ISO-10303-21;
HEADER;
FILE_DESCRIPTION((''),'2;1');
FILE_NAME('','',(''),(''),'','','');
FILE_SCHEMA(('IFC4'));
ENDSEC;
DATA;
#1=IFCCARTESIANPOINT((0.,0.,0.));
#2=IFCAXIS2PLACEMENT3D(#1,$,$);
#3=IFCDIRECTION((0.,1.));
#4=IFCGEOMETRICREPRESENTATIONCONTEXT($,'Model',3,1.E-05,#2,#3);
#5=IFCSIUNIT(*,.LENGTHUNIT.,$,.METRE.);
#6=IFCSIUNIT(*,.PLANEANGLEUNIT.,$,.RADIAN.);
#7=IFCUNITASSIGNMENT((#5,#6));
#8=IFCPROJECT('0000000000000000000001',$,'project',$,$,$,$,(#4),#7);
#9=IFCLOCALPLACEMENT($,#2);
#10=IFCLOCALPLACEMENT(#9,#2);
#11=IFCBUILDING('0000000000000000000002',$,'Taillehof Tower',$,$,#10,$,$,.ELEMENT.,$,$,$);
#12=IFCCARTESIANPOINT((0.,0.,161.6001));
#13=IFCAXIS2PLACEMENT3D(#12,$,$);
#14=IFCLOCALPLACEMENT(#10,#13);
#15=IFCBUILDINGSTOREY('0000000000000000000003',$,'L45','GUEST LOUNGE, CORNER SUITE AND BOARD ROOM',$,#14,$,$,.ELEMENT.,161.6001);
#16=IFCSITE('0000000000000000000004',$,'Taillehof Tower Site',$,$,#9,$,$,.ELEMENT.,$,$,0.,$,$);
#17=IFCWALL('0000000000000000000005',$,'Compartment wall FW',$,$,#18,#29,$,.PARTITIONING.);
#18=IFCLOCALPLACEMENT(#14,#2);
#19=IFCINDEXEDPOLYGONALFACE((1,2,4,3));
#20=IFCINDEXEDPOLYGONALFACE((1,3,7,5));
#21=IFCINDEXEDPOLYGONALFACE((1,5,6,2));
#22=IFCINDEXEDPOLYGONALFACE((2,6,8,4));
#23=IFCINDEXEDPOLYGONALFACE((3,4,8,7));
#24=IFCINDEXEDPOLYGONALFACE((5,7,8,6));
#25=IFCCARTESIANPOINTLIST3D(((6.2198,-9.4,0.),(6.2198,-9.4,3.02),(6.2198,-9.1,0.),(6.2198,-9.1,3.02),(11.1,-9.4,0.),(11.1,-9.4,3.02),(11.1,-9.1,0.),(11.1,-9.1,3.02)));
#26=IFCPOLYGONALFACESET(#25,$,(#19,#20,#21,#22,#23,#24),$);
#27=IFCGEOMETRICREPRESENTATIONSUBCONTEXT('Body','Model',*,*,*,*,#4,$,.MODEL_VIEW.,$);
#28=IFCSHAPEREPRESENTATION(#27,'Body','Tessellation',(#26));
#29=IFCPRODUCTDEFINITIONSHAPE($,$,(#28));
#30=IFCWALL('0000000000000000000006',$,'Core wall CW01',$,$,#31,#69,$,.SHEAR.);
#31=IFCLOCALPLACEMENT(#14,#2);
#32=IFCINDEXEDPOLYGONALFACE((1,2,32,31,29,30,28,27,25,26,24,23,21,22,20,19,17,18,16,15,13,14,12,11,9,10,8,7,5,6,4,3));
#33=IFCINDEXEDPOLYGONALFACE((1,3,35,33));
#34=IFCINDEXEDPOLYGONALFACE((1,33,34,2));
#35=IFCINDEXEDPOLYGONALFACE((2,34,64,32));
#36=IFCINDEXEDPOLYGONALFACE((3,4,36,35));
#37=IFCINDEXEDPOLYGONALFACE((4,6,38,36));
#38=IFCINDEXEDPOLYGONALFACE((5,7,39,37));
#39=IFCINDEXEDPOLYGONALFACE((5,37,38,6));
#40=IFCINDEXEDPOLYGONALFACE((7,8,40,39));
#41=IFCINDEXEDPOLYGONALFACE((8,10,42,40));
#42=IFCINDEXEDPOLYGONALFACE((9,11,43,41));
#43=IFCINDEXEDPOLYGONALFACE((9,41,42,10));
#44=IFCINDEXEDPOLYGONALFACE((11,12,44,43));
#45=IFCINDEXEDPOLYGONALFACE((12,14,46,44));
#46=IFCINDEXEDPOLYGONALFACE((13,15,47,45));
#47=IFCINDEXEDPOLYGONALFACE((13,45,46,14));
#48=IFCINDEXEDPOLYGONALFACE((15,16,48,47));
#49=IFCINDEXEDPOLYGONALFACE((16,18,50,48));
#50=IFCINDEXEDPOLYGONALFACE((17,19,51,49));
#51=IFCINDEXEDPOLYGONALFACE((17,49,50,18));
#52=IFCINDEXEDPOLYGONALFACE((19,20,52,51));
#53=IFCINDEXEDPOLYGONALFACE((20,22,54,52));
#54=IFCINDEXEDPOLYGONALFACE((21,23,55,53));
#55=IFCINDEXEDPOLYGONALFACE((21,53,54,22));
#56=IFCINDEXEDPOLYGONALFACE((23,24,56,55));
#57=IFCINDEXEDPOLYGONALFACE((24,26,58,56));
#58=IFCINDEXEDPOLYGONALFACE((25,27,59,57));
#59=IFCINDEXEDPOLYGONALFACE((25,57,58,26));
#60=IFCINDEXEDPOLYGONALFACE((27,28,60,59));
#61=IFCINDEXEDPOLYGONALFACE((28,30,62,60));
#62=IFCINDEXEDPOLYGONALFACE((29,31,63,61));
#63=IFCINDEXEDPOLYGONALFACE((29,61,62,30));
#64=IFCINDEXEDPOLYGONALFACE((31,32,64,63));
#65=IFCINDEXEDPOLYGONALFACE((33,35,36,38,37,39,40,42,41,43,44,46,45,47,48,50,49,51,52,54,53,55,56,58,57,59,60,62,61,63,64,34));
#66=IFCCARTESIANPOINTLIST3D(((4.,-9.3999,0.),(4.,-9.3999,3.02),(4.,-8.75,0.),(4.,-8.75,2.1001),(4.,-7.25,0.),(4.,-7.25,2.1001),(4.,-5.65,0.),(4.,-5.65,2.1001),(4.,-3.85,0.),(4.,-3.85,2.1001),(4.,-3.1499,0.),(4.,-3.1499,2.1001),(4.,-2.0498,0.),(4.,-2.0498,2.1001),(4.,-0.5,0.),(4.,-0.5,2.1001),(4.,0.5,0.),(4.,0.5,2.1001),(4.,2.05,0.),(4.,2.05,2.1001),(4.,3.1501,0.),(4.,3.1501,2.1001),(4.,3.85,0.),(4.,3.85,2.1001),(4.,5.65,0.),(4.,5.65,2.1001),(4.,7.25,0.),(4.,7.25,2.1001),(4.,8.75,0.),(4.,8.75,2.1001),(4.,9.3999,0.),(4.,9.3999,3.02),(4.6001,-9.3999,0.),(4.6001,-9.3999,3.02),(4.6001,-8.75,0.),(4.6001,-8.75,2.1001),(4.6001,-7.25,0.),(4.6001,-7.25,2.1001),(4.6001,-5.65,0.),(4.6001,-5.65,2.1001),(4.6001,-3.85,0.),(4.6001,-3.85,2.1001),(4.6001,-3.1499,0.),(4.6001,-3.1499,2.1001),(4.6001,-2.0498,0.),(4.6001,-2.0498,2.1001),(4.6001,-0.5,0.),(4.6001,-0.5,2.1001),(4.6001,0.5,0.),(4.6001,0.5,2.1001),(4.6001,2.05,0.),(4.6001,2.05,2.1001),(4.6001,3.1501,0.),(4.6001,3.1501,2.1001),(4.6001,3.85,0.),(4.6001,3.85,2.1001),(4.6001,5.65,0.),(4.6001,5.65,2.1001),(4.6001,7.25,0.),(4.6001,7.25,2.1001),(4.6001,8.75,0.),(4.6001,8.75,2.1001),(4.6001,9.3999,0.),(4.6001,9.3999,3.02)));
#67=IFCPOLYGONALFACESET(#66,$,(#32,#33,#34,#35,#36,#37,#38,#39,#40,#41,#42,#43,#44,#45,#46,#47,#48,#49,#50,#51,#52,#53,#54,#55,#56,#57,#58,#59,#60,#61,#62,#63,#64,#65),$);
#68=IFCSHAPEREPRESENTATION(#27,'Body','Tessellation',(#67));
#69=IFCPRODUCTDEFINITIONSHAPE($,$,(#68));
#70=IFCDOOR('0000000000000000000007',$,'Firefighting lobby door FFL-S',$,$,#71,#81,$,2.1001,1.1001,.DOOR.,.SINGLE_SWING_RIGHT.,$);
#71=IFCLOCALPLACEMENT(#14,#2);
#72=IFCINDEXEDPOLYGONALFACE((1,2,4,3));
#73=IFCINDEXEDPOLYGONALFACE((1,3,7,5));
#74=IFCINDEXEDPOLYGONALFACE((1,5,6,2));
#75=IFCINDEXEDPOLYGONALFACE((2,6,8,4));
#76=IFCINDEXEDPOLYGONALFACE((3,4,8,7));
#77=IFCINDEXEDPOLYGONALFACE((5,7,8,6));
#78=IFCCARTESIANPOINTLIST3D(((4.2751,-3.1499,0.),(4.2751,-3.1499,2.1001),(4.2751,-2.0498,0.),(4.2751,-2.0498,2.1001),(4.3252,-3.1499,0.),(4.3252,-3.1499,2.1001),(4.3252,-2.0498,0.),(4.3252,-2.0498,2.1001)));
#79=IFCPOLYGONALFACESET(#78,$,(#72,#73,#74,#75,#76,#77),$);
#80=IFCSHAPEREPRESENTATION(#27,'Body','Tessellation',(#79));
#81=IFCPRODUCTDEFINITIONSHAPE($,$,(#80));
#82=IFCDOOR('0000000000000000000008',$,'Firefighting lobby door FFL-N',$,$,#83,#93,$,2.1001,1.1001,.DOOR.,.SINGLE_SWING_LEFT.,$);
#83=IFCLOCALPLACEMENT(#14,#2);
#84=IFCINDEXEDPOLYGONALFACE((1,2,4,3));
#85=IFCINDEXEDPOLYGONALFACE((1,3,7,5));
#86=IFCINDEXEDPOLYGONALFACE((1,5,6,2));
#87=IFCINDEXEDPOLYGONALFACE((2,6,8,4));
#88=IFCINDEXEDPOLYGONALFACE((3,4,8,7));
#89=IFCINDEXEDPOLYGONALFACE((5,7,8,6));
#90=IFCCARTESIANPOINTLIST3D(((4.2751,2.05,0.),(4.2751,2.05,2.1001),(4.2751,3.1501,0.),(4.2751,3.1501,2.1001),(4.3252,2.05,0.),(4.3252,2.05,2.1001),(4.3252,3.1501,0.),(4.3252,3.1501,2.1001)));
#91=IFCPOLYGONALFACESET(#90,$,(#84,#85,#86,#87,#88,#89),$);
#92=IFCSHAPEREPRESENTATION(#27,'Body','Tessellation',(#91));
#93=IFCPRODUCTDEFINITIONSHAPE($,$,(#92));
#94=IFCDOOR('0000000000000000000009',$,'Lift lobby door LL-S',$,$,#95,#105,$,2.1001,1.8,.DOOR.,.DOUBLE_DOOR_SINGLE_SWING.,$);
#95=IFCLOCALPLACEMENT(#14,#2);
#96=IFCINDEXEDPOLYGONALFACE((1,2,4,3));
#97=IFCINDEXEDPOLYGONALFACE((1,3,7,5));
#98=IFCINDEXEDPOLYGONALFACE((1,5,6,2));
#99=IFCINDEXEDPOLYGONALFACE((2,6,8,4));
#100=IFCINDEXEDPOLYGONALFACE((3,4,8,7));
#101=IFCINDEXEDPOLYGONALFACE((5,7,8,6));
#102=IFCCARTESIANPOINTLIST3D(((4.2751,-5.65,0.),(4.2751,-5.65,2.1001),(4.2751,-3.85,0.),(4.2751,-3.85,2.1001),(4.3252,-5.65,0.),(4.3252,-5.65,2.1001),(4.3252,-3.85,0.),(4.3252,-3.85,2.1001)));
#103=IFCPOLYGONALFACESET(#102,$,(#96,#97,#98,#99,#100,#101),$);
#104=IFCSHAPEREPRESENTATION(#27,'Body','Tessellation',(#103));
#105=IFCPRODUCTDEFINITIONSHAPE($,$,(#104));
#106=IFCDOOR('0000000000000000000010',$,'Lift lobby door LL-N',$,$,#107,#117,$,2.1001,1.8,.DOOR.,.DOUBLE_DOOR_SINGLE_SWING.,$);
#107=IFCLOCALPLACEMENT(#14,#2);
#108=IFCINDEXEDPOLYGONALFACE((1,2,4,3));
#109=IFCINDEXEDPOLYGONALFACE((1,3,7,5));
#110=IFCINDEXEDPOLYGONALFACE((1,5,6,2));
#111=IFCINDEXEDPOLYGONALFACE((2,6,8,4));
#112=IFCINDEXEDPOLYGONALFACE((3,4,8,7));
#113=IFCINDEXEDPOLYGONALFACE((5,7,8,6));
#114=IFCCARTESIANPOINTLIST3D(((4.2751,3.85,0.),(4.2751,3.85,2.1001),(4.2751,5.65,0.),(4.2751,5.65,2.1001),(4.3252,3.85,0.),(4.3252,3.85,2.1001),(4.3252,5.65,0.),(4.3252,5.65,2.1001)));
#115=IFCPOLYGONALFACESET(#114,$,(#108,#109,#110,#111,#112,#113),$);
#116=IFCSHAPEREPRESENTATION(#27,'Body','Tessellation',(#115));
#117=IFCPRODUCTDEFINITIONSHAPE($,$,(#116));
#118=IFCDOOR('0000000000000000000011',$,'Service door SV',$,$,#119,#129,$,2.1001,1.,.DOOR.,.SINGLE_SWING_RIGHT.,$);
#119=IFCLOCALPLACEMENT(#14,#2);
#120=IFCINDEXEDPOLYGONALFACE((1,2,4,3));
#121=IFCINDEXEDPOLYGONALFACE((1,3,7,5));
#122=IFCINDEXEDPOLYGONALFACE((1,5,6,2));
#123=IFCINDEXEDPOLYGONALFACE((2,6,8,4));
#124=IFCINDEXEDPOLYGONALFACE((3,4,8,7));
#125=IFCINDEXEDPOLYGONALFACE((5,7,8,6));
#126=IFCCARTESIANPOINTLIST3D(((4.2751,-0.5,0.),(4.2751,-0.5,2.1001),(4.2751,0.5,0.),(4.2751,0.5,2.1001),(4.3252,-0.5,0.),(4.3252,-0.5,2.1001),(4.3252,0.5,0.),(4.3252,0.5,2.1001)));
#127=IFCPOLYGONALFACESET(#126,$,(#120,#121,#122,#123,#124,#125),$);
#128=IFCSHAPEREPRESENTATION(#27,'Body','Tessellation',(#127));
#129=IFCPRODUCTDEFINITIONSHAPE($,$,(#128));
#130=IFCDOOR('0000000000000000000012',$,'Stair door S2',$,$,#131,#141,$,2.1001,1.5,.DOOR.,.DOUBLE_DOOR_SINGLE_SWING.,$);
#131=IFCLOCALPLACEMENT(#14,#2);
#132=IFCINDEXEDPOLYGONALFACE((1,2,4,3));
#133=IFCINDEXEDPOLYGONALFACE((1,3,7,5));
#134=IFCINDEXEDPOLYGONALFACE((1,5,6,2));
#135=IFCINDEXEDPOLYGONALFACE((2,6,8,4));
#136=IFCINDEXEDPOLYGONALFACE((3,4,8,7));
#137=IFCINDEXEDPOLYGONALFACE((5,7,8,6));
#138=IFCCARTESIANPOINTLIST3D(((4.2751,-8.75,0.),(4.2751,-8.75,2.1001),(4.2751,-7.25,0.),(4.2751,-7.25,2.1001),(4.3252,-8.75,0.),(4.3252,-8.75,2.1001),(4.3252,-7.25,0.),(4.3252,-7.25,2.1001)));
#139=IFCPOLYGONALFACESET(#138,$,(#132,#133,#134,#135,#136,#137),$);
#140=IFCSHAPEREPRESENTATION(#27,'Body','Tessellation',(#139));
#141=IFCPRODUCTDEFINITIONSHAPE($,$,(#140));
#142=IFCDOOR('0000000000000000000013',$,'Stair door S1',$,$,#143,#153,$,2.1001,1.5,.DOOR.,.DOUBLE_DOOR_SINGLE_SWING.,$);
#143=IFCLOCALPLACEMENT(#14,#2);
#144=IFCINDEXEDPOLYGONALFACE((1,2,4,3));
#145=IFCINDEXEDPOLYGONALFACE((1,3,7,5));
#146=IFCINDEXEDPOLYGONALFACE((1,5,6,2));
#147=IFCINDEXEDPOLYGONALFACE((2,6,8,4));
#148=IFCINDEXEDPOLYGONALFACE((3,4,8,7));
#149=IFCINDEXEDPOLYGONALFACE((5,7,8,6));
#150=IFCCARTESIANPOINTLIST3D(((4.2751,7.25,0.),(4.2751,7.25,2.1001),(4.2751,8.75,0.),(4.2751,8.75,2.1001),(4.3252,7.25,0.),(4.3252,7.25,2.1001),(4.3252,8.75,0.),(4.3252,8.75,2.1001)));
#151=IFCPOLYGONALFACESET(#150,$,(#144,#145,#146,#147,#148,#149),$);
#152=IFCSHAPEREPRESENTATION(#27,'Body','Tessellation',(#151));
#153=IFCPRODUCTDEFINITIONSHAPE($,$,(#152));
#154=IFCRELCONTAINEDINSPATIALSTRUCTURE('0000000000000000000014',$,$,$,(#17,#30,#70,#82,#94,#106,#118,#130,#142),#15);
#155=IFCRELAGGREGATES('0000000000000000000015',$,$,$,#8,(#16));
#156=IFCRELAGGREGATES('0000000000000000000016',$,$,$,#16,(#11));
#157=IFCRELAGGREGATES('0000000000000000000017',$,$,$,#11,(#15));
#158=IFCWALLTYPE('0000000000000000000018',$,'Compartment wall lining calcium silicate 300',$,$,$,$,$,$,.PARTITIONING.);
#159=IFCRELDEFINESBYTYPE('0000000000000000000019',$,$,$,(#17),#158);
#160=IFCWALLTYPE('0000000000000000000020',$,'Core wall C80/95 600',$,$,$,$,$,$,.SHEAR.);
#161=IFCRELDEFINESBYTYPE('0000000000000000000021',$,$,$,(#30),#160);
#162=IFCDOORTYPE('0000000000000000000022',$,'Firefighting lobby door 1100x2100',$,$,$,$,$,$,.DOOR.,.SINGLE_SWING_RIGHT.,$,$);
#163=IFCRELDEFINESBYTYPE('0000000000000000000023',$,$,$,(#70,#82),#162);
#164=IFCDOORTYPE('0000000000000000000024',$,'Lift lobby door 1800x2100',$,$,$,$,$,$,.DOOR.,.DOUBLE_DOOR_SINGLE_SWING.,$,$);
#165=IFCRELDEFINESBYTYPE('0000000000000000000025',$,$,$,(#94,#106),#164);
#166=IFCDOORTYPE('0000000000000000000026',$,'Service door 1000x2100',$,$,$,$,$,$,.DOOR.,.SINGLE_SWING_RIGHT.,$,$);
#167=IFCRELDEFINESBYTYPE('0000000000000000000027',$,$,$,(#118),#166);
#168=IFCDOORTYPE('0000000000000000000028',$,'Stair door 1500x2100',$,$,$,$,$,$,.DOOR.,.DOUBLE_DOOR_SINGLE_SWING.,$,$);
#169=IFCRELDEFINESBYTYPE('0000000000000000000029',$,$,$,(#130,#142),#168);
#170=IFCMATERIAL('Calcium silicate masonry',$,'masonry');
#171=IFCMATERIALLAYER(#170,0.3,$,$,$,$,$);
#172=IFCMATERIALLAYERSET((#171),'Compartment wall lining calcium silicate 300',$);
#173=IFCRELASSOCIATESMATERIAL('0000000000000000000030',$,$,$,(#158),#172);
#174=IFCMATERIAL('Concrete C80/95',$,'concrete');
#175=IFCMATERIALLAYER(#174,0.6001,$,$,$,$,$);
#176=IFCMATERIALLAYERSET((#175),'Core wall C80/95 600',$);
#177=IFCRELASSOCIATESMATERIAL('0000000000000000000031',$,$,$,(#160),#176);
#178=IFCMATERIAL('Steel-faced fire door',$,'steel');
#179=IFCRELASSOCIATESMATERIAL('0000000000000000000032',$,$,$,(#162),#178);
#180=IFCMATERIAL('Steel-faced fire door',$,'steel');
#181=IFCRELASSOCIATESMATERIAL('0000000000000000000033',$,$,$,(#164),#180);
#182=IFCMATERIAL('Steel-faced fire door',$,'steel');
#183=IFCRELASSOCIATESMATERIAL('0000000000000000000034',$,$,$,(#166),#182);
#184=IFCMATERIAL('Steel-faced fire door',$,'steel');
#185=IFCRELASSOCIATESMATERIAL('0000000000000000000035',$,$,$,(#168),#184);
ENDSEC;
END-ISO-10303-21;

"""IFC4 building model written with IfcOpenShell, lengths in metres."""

from ifc_helpers import new_model, si_unit, direction, frame, frame_2d, origin, place, context, subcontext, project, spatial, rectangle, extrude, material, layer, layer_set, type_object, element, fill, save


model = new_model("IFC4")

# Units and contexts
model_context = context("Model", 3, precision=1e-05, world=origin(), true_north=direction((0.0, 1.0)))
body_context = subcontext(model_context, "Body", "Model", "MODEL_VIEW")
ifc_project = project(units=[si_unit("LENGTHUNIT", "METRE"), si_unit("PLANEANGLEUNIT", "RADIAN")], contexts=[model_context])

# Site, building, storey
site_placement = place(None, origin())
site = spatial("IfcSite", under=ifc_project, at=site_placement, Name="Taillehof Tower Site", CompositionType="ELEMENT", RefElevation=0.0)
building_placement = place(site_placement, origin())
building = spatial("IfcBuilding", under=site, at=building_placement, Name="Taillehof Tower", CompositionType="ELEMENT")
storey_placement = place(building_placement, frame((0.0, 0.0, 161.6001)))
storey = spatial("IfcBuildingStorey", under=building, at=storey_placement, Name="L45", Description="GUEST LOUNGE, CORNER SUITE AND BOARD ROOM", CompositionType="ELEMENT", Elevation=161.6001)

# Wall
ifc_material_1 = material(Name="Calcium silicate masonry", Category="masonry")
ifc_layer_1 = layer(ifc_material_1, 0.3)
ifc_layer_set_1 = layer_set([ifc_layer_1], Name="Compartment wall lining calcium silicate 300")
wall_type_1 = type_object("IfcWallType", Name="Compartment wall lining calcium silicate 300", PredefinedType="PARTITIONING", material=ifc_layer_set_1)
wall_1_placement = place(storey_placement, frame((6.22, -9.25, 0.0), z_axis=(0.0, 0.0, 1.0), x_axis=(1.0, 0.0, 0.0)))
element("IfcWall", 1, at=wall_1_placement, inside=storey, type_object=wall_type_1, Name="Compartment wall FW", PredefinedType="PARTITIONING", context=body_context, shape_type="SweptSolid", body=[
    extrude(rectangle(XDim=4.8801, YDim=0.3, at=frame_2d((2.4399, 0.0))), origin(), (0.0, 0.0, 1.0), 3.02),
])

# Wall, openings, doors
ifc_material_2 = material(Name="Concrete C80/95", Category="concrete")
ifc_layer_2 = layer(ifc_material_2, 0.6001)
ifc_layer_set_2 = layer_set([ifc_layer_2], Name="Core wall C80/95 600")
wall_type_2 = type_object("IfcWallType", Name="Core wall C80/95 600", PredefinedType="SHEAR", material=ifc_layer_set_2)
wall_2_placement = place(storey_placement, frame((4.3, -9.3999, 0.0), z_axis=(0.0, 0.0, 1.0), x_axis=(0.0, 1.0, 0.0)))
wall_2 = element("IfcWall", 2, at=wall_2_placement, inside=storey, type_object=wall_type_2, Name="Core wall CW01", PredefinedType="SHEAR", context=body_context, shape_type="SweptSolid", body=[
    extrude(rectangle(XDim=18.7998, YDim=0.6001, at=frame_2d((9.3999, 0.0))), origin(), (0.0, 0.0, 1.0), 3.02),
])
opening_1_placement = place(wall_2_placement, frame((0.6499, 0.0, 0.0)))
opening_1 = element("IfcOpeningElement", 3, at=opening_1_placement, cuts=wall_2, PredefinedType="OPENING", context=body_context, shape_type="SweptSolid", body=[
    extrude(rectangle(XDim=1.5, YDim=2.1001, at=frame_2d((0.75, 1.05))), frame((0.0, 0.3101, 0.0), z_axis=(0.0, -1.0, 0.0), x_axis=(1.0, 0.0, 0.0)), (0.0, 0.0, 1.0), 0.6201),
])
opening_2_placement = place(wall_2_placement, frame((3.75, 0.0, 0.0)))
opening_2 = element("IfcOpeningElement", 4, at=opening_2_placement, cuts=wall_2, PredefinedType="OPENING", context=body_context, shape_type="SweptSolid", body=[
    extrude(rectangle(XDim=1.8, YDim=2.1001, at=frame_2d((0.8999, 1.05))), frame((0.0, 0.3101, 0.0), z_axis=(0.0, -1.0, 0.0), x_axis=(1.0, 0.0, 0.0)), (0.0, 0.0, 1.0), 0.6201),
])
opening_3_placement = place(wall_2_placement, frame((6.25, 0.0, 0.0)))
opening_3 = element("IfcOpeningElement", 5, at=opening_3_placement, cuts=wall_2, PredefinedType="OPENING", context=body_context, shape_type="SweptSolid", body=[
    extrude(rectangle(XDim=1.1001, YDim=2.1001, at=frame_2d((0.55, 1.05))), frame((0.0, 0.3101, 0.0), z_axis=(0.0, -1.0, 0.0), x_axis=(1.0, 0.0, 0.0)), (0.0, 0.0, 1.0), 0.6201),
])
opening_4_placement = place(wall_2_placement, frame((8.8999, 0.0, 0.0)))
opening_4 = element("IfcOpeningElement", 6, at=opening_4_placement, cuts=wall_2, PredefinedType="OPENING", context=body_context, shape_type="SweptSolid", body=[
    extrude(rectangle(XDim=1.0, YDim=2.1001, at=frame_2d((0.5, 1.05))), frame((0.0, 0.3101, 0.0), z_axis=(0.0, -1.0, 0.0), x_axis=(1.0, 0.0, 0.0)), (0.0, 0.0, 1.0), 0.6201),
])
opening_5_placement = place(wall_2_placement, frame((11.45, 0.0, 0.0)))
opening_5 = element("IfcOpeningElement", 7, at=opening_5_placement, cuts=wall_2, PredefinedType="OPENING", context=body_context, shape_type="SweptSolid", body=[
    extrude(rectangle(XDim=1.1001, YDim=2.1001, at=frame_2d((0.55, 1.05))), frame((0.0, 0.3101, 0.0), z_axis=(0.0, -1.0, 0.0), x_axis=(1.0, 0.0, 0.0)), (0.0, 0.0, 1.0), 0.6201),
])
opening_6_placement = place(wall_2_placement, frame((13.25, 0.0, 0.0)))
opening_6 = element("IfcOpeningElement", 8, at=opening_6_placement, cuts=wall_2, PredefinedType="OPENING", context=body_context, shape_type="SweptSolid", body=[
    extrude(rectangle(XDim=1.8, YDim=2.1001, at=frame_2d((0.8999, 1.05))), frame((0.0, 0.3101, 0.0), z_axis=(0.0, -1.0, 0.0), x_axis=(1.0, 0.0, 0.0)), (0.0, 0.0, 1.0), 0.6201),
])
opening_7_placement = place(wall_2_placement, frame((16.6499, 0.0, 0.0)))
opening_7 = element("IfcOpeningElement", 9, at=opening_7_placement, cuts=wall_2, PredefinedType="OPENING", context=body_context, shape_type="SweptSolid", body=[
    extrude(rectangle(XDim=1.5, YDim=2.1001, at=frame_2d((0.75, 1.05))), frame((0.0, 0.3101, 0.0), z_axis=(0.0, -1.0, 0.0), x_axis=(1.0, 0.0, 0.0)), (0.0, 0.0, 1.0), 0.6201),
])
ifc_material_3 = material(Name="Steel-faced fire door", Category="steel")
door_type_1 = type_object("IfcDoorType", Name="Firefighting lobby door 1100x2100", OperationType="SINGLE_SWING_RIGHT", PredefinedType="DOOR", material=ifc_material_3)
door_1_placement = place(opening_3_placement, origin())
door_1 = element("IfcDoor", 10, at=door_1_placement, inside=storey, type_object=door_type_1, Name="Firefighting lobby door FFL-S", OperationType="SINGLE_SWING_RIGHT", OverallHeight=2.1001, OverallWidth=1.1001, PredefinedType="DOOR", context=body_context, shape_type="SweptSolid", body=[
    extrude(rectangle(XDim=1.1001, YDim=2.1001, at=frame_2d((0.55, 1.05))), frame((0.0, 0.0249, 0.0), z_axis=(0.0, -1.0, 0.0), x_axis=(1.0, 0.0, 0.0)), (0.0, 0.0, 1.0), 0.05),
])
fill(opening_3, door_1)
door_2_placement = place(opening_5_placement, origin())
door_2 = element("IfcDoor", 11, at=door_2_placement, inside=storey, type_object=door_type_1, Name="Firefighting lobby door FFL-N", OperationType="SINGLE_SWING_LEFT", OverallHeight=2.1001, OverallWidth=1.1001, PredefinedType="DOOR", context=body_context, shape_type="SweptSolid", body=[
    extrude(rectangle(XDim=1.1001, YDim=2.1001, at=frame_2d((0.55, 1.05))), frame((0.0, 0.0249, 0.0), z_axis=(0.0, -1.0, 0.0), x_axis=(1.0, 0.0, 0.0)), (0.0, 0.0, 1.0), 0.05),
])
fill(opening_5, door_2)
ifc_material_4 = material(Name="Steel-faced fire door", Category="steel")
door_type_2 = type_object("IfcDoorType", Name="Lift lobby door 1800x2100", OperationType="DOUBLE_DOOR_SINGLE_SWING", PredefinedType="DOOR", material=ifc_material_4)
door_3_placement = place(opening_2_placement, origin())
door_3 = element("IfcDoor", 12, at=door_3_placement, inside=storey, type_object=door_type_2, Name="Lift lobby door LL-S", OperationType="DOUBLE_DOOR_SINGLE_SWING", OverallHeight=2.1001, OverallWidth=1.8, PredefinedType="DOOR", context=body_context, shape_type="SweptSolid", body=[
    extrude(rectangle(XDim=1.8, YDim=2.1001, at=frame_2d((0.8999, 1.05))), frame((0.0, 0.0249, 0.0), z_axis=(0.0, -1.0, 0.0), x_axis=(1.0, 0.0, 0.0)), (0.0, 0.0, 1.0), 0.05),
])
fill(opening_2, door_3)
door_4_placement = place(opening_6_placement, origin())
door_4 = element("IfcDoor", 13, at=door_4_placement, inside=storey, type_object=door_type_2, Name="Lift lobby door LL-N", OperationType="DOUBLE_DOOR_SINGLE_SWING", OverallHeight=2.1001, OverallWidth=1.8, PredefinedType="DOOR", context=body_context, shape_type="SweptSolid", body=[
    extrude(rectangle(XDim=1.8, YDim=2.1001, at=frame_2d((0.8999, 1.05))), frame((0.0, 0.0249, 0.0), z_axis=(0.0, -1.0, 0.0), x_axis=(1.0, 0.0, 0.0)), (0.0, 0.0, 1.0), 0.05),
])
fill(opening_6, door_4)
ifc_material_5 = material(Name="Steel-faced fire door", Category="steel")
door_type_3 = type_object("IfcDoorType", Name="Service door 1000x2100", OperationType="SINGLE_SWING_RIGHT", PredefinedType="DOOR", material=ifc_material_5)
door_5_placement = place(opening_4_placement, origin())
door_5 = element("IfcDoor", 14, at=door_5_placement, inside=storey, type_object=door_type_3, Name="Service door SV", OperationType="SINGLE_SWING_RIGHT", OverallHeight=2.1001, OverallWidth=1.0, PredefinedType="DOOR", context=body_context, shape_type="SweptSolid", body=[
    extrude(rectangle(XDim=1.0, YDim=2.1001, at=frame_2d((0.5, 1.05))), frame((0.0, 0.0249, 0.0), z_axis=(0.0, -1.0, 0.0), x_axis=(1.0, 0.0, 0.0)), (0.0, 0.0, 1.0), 0.05),
])
fill(opening_4, door_5)
ifc_material_6 = material(Name="Steel-faced fire door", Category="steel")
door_type_4 = type_object("IfcDoorType", Name="Stair door 1500x2100", OperationType="DOUBLE_DOOR_SINGLE_SWING", PredefinedType="DOOR", material=ifc_material_6)
door_6_placement = place(opening_1_placement, origin())
door_6 = element("IfcDoor", 15, at=door_6_placement, inside=storey, type_object=door_type_4, Name="Stair door S2", OperationType="DOUBLE_DOOR_SINGLE_SWING", OverallHeight=2.1001, OverallWidth=1.5, PredefinedType="DOOR", context=body_context, shape_type="SweptSolid", body=[
    extrude(rectangle(XDim=1.5, YDim=2.1001, at=frame_2d((0.75, 1.05))), frame((0.0, 0.0249, 0.0), z_axis=(0.0, -1.0, 0.0), x_axis=(1.0, 0.0, 0.0)), (0.0, 0.0, 1.0), 0.05),
])
fill(opening_1, door_6)
door_7_placement = place(opening_7_placement, origin())
door_7 = element("IfcDoor", 16, at=door_7_placement, inside=storey, type_object=door_type_4, Name="Stair door S1", OperationType="DOUBLE_DOOR_SINGLE_SWING", OverallHeight=2.1001, OverallWidth=1.5, PredefinedType="DOOR", context=body_context, shape_type="SweptSolid", body=[
    extrude(rectangle(XDim=1.5, YDim=2.1001, at=frame_2d((0.75, 1.05))), frame((0.0, 0.0249, 0.0), z_axis=(0.0, -1.0, 0.0), x_axis=(1.0, 0.0, 0.0)), (0.0, 0.0, 1.0), 0.05),
])
fill(opening_7, door_7)

save(model, "model.ifc")
